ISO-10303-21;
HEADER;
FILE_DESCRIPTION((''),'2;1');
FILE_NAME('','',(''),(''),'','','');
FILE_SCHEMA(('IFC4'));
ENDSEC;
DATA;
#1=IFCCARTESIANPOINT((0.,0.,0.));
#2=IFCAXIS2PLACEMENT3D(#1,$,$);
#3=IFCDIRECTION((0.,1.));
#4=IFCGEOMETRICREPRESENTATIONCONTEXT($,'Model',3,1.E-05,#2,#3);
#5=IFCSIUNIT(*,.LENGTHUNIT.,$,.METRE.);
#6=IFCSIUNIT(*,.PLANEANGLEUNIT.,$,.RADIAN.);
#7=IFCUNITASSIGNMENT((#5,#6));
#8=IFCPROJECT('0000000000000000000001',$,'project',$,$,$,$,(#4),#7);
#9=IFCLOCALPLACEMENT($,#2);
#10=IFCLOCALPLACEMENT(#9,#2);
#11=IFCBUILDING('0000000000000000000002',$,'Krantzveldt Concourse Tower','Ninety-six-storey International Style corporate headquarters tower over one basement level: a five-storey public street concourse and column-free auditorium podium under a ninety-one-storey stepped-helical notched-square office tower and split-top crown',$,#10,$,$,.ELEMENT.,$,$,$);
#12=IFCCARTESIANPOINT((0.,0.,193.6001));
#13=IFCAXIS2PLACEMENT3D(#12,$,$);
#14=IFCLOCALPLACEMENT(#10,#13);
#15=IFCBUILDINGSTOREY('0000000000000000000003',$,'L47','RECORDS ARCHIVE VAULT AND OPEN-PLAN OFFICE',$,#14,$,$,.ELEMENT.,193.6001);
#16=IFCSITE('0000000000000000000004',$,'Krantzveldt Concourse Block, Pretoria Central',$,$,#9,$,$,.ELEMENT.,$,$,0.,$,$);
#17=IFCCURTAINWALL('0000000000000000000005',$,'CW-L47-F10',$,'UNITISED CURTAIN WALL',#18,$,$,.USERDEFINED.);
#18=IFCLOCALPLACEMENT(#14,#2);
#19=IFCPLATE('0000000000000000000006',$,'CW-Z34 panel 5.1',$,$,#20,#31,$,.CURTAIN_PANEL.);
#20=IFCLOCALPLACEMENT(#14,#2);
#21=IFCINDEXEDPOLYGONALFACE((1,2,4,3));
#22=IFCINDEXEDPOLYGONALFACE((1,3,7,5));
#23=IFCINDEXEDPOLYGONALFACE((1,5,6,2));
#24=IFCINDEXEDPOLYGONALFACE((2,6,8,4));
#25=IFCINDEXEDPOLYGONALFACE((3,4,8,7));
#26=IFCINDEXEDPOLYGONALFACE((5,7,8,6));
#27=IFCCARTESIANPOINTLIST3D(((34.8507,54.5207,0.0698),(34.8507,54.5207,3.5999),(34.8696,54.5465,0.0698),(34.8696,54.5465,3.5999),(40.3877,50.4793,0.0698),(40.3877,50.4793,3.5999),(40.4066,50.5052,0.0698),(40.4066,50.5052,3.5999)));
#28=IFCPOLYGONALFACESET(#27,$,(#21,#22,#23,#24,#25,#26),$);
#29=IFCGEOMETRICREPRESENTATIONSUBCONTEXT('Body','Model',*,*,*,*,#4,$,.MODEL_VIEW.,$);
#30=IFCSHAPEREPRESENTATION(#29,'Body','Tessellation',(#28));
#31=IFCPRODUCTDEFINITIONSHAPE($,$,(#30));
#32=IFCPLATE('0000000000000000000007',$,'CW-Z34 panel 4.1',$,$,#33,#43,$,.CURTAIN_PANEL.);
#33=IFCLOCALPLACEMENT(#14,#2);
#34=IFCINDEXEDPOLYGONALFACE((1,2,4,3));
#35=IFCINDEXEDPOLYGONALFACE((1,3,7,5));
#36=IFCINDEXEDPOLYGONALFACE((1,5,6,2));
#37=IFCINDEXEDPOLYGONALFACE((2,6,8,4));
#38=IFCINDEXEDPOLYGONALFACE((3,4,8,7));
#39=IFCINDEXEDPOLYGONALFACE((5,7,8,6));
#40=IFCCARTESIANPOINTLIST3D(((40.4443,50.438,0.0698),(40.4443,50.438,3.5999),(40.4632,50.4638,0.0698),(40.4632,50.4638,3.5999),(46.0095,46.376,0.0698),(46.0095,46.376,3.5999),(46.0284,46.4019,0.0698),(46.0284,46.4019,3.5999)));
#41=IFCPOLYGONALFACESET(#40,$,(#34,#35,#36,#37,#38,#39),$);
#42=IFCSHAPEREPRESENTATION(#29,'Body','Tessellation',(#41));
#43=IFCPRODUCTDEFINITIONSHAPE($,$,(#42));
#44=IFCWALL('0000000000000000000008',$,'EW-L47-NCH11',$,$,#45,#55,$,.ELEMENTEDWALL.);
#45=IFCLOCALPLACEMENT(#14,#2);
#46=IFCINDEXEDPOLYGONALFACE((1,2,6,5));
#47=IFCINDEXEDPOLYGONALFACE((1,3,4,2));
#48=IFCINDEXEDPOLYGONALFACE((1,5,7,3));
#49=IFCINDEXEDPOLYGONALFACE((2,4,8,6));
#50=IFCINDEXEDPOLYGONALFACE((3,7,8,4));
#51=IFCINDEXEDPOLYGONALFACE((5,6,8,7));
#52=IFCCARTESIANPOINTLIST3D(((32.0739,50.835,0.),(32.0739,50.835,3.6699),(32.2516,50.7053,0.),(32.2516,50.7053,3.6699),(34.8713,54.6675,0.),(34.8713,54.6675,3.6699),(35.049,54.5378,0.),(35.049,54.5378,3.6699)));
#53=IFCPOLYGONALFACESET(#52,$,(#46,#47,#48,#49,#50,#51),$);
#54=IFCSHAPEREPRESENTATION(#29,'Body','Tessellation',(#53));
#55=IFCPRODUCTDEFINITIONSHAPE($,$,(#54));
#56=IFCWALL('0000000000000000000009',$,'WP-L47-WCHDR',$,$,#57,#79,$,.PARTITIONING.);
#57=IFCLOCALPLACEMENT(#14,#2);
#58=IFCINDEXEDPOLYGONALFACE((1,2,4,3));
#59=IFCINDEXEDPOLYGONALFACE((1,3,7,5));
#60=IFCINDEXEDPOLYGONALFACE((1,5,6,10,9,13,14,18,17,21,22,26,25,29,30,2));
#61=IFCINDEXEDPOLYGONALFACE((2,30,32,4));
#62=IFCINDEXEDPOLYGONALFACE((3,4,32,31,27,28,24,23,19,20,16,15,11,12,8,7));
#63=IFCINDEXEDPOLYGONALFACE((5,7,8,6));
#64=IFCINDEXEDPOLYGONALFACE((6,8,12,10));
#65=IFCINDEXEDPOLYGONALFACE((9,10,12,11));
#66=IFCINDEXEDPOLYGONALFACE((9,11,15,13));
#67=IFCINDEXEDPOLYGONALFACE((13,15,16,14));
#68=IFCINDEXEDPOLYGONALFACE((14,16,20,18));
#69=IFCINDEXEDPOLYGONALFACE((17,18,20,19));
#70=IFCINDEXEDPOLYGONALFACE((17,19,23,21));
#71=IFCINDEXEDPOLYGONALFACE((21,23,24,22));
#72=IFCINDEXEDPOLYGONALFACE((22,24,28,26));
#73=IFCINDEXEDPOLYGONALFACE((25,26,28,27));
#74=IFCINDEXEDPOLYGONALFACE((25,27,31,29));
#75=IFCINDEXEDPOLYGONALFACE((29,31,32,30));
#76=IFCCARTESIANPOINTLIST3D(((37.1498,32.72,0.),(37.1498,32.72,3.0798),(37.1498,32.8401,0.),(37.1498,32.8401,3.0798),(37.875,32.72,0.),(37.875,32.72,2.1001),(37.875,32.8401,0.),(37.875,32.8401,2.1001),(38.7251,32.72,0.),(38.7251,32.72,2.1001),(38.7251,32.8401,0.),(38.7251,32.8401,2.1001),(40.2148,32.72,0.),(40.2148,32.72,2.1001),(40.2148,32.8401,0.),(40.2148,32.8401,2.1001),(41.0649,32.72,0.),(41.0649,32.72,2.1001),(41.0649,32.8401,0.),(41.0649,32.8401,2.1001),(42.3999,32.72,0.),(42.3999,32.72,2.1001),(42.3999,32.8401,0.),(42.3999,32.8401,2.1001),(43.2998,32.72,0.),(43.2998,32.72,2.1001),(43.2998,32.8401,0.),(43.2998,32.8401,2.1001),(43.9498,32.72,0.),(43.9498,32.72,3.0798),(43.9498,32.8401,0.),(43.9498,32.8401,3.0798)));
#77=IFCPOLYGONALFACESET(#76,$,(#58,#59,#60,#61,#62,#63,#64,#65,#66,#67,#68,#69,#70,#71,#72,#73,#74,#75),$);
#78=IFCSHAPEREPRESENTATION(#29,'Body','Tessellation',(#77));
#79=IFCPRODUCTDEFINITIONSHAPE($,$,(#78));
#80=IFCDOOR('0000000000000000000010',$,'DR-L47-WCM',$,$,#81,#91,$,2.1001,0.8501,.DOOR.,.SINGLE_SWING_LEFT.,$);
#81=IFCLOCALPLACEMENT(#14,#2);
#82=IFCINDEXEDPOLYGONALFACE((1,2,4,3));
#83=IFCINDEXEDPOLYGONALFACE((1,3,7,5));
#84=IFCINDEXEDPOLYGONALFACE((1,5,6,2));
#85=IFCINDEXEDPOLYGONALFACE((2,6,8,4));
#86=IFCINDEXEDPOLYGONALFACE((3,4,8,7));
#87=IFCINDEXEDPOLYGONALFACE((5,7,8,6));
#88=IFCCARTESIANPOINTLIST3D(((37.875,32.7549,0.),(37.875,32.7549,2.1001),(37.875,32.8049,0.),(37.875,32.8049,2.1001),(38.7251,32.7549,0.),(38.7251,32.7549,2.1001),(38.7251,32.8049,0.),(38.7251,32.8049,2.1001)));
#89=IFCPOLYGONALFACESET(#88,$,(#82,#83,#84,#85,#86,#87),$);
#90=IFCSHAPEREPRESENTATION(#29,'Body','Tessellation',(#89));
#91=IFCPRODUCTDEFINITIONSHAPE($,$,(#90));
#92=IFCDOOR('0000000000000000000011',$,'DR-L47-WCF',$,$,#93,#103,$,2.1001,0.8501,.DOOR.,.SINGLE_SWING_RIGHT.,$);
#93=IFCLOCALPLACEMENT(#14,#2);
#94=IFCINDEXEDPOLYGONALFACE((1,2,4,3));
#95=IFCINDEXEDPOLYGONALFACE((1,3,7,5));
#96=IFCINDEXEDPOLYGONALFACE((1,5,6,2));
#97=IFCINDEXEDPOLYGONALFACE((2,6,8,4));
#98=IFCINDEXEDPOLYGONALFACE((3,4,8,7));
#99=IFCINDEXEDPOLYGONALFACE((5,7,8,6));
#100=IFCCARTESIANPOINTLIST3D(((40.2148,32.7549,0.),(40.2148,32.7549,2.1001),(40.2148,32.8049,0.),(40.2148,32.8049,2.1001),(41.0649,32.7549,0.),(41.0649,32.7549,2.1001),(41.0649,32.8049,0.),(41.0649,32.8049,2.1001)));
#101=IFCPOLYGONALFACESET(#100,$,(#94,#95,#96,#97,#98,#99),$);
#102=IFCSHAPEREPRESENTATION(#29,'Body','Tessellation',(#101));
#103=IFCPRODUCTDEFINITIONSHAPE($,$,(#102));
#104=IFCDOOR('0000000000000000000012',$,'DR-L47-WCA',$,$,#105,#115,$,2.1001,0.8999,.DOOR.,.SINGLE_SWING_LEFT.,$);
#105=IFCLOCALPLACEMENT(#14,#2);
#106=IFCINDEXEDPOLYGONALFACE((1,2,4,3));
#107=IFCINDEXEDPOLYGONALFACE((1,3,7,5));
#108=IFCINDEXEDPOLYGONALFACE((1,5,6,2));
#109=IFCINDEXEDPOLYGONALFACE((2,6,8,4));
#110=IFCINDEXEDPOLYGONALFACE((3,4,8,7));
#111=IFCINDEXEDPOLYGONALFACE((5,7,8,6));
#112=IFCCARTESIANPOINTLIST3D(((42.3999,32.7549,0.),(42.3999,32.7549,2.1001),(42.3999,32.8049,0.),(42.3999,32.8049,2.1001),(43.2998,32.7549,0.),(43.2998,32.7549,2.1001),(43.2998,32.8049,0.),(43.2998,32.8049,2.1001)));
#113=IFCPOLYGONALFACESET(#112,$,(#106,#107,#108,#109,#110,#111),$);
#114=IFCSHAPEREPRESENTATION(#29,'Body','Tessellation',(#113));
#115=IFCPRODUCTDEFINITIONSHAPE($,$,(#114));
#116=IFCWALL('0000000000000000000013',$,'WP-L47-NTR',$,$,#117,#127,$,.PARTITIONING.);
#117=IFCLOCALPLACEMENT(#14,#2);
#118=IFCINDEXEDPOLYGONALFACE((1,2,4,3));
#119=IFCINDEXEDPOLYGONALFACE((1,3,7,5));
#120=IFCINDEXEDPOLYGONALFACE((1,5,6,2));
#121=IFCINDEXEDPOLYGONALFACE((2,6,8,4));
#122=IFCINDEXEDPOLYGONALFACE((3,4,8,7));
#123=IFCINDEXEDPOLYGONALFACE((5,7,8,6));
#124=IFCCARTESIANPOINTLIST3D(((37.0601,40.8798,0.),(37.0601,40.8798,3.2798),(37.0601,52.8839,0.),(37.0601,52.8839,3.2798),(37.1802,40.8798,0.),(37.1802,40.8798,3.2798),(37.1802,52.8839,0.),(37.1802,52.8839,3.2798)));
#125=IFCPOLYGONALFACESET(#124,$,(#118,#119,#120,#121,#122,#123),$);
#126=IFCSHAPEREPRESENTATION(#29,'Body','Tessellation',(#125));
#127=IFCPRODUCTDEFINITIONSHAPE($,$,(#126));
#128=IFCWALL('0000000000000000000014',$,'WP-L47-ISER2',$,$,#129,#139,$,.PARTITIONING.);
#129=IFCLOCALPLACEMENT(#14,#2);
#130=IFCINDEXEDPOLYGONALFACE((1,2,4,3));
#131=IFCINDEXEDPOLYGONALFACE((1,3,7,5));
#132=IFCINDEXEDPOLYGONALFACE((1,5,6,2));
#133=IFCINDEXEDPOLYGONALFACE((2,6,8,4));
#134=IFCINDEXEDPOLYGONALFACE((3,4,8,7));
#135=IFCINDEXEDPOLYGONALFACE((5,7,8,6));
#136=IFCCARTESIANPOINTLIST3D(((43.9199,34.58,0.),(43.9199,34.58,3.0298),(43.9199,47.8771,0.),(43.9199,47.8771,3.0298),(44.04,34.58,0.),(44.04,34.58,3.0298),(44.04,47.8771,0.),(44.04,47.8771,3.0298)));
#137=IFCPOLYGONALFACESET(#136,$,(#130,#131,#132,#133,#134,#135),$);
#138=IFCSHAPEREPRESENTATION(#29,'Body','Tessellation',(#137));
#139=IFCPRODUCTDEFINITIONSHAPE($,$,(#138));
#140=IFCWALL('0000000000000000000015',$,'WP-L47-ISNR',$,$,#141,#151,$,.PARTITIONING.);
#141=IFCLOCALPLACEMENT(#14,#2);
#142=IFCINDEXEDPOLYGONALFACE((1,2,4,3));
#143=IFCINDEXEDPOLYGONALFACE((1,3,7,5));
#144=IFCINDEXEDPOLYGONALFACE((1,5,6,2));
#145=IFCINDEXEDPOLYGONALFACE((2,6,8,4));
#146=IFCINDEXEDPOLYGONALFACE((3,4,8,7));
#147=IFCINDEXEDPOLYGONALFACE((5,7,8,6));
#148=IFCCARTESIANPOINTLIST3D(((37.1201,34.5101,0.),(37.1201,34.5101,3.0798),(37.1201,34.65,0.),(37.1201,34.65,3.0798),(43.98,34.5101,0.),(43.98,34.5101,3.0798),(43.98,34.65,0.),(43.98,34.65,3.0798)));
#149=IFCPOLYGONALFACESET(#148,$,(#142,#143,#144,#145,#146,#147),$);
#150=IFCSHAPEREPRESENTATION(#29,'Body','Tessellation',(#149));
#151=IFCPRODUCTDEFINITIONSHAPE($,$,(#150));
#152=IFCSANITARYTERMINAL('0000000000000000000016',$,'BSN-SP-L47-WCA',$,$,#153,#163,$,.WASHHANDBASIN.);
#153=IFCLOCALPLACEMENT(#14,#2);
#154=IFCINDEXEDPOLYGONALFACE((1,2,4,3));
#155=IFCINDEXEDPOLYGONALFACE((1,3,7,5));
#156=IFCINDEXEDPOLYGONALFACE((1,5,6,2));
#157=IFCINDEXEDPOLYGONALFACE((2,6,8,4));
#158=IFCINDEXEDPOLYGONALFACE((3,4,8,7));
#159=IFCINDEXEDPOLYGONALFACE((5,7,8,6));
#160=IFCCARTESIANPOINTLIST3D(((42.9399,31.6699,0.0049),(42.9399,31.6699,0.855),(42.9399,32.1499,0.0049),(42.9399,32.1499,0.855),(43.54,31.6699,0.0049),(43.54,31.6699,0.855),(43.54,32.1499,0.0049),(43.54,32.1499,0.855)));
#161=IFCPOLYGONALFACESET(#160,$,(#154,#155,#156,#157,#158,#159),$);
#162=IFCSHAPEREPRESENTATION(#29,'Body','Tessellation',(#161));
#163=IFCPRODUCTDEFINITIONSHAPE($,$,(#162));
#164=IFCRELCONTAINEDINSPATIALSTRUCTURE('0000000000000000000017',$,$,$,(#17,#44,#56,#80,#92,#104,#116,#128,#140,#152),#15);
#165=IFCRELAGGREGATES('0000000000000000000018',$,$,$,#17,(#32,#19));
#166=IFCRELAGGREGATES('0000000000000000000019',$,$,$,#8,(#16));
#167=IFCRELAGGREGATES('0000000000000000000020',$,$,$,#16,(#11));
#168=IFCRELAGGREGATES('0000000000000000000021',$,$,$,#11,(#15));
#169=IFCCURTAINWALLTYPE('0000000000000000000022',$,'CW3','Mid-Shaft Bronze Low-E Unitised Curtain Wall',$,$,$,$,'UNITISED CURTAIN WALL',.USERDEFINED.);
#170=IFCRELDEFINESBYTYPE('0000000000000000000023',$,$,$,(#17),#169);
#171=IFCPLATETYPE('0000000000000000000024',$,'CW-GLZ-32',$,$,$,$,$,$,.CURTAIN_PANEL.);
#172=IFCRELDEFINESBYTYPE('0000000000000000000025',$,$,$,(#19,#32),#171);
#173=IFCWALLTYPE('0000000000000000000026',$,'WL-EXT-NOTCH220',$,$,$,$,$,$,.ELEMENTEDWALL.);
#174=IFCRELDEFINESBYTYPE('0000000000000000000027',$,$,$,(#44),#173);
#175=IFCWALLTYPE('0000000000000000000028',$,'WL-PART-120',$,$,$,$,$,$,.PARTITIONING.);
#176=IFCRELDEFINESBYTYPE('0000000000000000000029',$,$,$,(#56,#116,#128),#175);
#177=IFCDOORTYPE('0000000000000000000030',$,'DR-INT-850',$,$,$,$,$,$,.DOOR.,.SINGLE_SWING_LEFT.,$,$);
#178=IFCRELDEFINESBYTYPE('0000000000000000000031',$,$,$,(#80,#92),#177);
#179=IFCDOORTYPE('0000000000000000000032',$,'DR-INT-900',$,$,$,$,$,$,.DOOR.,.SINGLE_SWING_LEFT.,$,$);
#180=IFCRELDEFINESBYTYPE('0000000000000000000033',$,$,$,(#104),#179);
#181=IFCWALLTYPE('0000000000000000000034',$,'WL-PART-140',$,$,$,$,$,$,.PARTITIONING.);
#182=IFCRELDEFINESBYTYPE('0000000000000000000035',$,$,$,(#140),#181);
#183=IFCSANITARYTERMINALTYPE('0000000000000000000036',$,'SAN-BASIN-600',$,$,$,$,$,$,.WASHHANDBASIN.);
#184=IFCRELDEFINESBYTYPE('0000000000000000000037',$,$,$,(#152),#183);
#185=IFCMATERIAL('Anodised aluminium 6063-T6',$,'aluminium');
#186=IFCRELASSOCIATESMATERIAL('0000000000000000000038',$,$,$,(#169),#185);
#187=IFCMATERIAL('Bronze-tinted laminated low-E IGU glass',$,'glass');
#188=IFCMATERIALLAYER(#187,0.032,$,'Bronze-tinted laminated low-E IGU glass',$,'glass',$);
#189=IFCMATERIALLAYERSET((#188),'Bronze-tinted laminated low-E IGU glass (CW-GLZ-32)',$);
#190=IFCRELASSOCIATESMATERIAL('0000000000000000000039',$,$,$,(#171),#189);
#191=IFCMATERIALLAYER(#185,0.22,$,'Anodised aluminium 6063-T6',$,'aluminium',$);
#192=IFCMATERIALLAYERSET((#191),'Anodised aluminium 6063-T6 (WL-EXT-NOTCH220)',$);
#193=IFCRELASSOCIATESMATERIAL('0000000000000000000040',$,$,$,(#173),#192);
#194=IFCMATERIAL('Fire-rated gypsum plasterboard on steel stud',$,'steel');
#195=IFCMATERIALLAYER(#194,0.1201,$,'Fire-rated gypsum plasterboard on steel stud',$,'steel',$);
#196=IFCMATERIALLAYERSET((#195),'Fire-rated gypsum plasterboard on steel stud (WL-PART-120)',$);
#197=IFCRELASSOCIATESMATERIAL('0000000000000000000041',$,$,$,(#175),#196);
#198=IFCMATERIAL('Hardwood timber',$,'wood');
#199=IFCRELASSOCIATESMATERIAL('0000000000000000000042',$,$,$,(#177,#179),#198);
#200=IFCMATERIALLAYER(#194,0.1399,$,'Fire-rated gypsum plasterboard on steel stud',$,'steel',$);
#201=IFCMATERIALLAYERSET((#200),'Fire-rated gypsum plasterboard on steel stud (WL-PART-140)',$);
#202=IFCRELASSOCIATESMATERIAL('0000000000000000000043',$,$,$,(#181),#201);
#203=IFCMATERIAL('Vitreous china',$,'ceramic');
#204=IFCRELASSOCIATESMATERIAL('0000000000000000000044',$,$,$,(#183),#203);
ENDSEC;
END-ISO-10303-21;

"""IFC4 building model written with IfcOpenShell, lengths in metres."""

from ifc_helpers import new_model, si_unit, direction, frame, frame_2d, origin, origin_2d, place, context, subcontext, project, spatial, rectangle, extrude, source, transform, mapped, material, layer, layer_set, type_object, type_shapes, element, fill, aggregate, save


model = new_model("IFC4")

# Units and contexts
model_context = context("Model", 3, precision=1e-05, world=origin(), true_north=direction((0.0, 1.0)))
body_context = subcontext(model_context, "Body", "Model", "MODEL_VIEW")
ifc_project = project(units=[si_unit("LENGTHUNIT", "METRE"), si_unit("PLANEANGLEUNIT", "RADIAN")], contexts=[model_context])

# Site, building, storey
site_placement = place(None, origin())
site = spatial("IfcSite", under=ifc_project, at=site_placement, Name="Krantzveldt Concourse Block, Pretoria Central", CompositionType="ELEMENT", RefElevation=0.0)
building_placement = place(site_placement, origin())
building = spatial("IfcBuilding", under=site, at=building_placement, Name="Krantzveldt Concourse Tower", Description="Ninety-six-storey International Style corporate headquarters tower over one basement level: a five-storey public street concourse and column-free auditorium podium under a ninety-one-storey stepped-helical notched-square office tower and split-top crown", CompositionType="ELEMENT")
storey_placement = place(building_placement, frame((0.0, 0.0, 193.6001)))
storey = spatial("IfcBuildingStorey", under=building, at=storey_placement, Name="L47", Description="RECORDS ARCHIVE VAULT AND OPEN-PLAN OFFICE", CompositionType="ELEMENT", Elevation=193.6001)

# Curtain wall, plates
ifc_material_1 = material(Name="Anodised aluminium 6063-T6", Category="aluminium")
curtain_wall_type = type_object("IfcCurtainWallType", Name="CW3", Description="Mid-Shaft Bronze Low-E Unitised Curtain Wall", ElementType="UNITISED CURTAIN WALL", PredefinedType="USERDEFINED", material=ifc_material_1)
curtain_wall_placement = place(storey_placement, origin())
curtain_wall = element("IfcCurtainWall", 1, at=curtain_wall_placement, inside=storey, type_object=curtain_wall_type, Name="CW-L47-F10", ObjectType="UNITISED CURTAIN WALL", PredefinedType="USERDEFINED")
ifc_material_2 = material(Name="Bronze-tinted laminated low-E IGU glass", Category="glass")
ifc_layer_1 = layer(ifc_material_2, 0.032, Name="Bronze-tinted laminated low-E IGU glass", Category="glass")
ifc_layer_set_1 = layer_set([ifc_layer_1], Name="Bronze-tinted laminated low-E IGU glass (CW-GLZ-32)")
plate_type = type_object("IfcPlateType", Name="CW-GLZ-32", PredefinedType="CURTAIN_PANEL", material=ifc_layer_set_1)
shared_shape_1 = source(origin(), body_context, "Body", "SweptSolid", [
    extrude(rectangle(XDim=6.855, YDim=0.032, at=origin_2d()), origin(), (0.0, 0.0, 1.0), 3.53),
])
plate_1_placement = place(storey_placement, frame((37.6287, 52.5129, 0.0698), z_axis=(0.0, 0.0, 1.0), x_axis=(-0.807733, 0.589549, 0.0)))
plate_1 = element("IfcPlate", 2, at=plate_1_placement, type_object=plate_type, Name="CW-Z34 panel 5.1", PredefinedType="CURTAIN_PANEL", context=body_context, shape_type="MappedRepresentation", body=[
    mapped(shared_shape_1, transform((0.0, 0.0, 0.0), x_axis=(1.0, 0.0, 0.0), y_axis=(0.0, 1.0, 0.0), z_axis=(0.0, 0.0, 1.0), scale=1.0)),
])
shared_shape_2 = source(origin(), body_context, "Body", "SweptSolid", [
    extrude(rectangle(XDim=6.8899, YDim=0.032, at=origin_2d()), origin(), (0.0, 0.0, 1.0), 3.53),
])
type_shapes(plate_type, [shared_shape_1, shared_shape_2])
plate_2_placement = place(storey_placement, frame((43.2363, 48.4199, 0.0698), z_axis=(0.0, 0.0, 1.0), x_axis=(-0.807733, 0.589549, 0.0)))
plate_2 = element("IfcPlate", 3, at=plate_2_placement, type_object=plate_type, Name="CW-Z34 panel 4.1", PredefinedType="CURTAIN_PANEL", context=body_context, shape_type="MappedRepresentation", body=[
    mapped(shared_shape_2, transform((0.0, 0.0, 0.0), x_axis=(1.0, 0.0, 0.0), y_axis=(0.0, 1.0, 0.0), z_axis=(0.0, 0.0, 1.0), scale=1.0)),
])
aggregate(curtain_wall, [plate_2, plate_1])

# Wall
ifc_layer_2 = layer(ifc_material_1, 0.22, Name="Anodised aluminium 6063-T6", Category="aluminium")
ifc_layer_set_2 = layer_set([ifc_layer_2], Name="Anodised aluminium 6063-T6 (WL-EXT-NOTCH220)")
wall_type_1 = type_object("IfcWallType", Name="WL-EXT-NOTCH220", PredefinedType="ELEMENTEDWALL", material=ifc_layer_set_2)
wall_1_placement = place(storey_placement, frame((34.9602, 54.6028, 0.0), z_axis=(0.0, 0.0, 1.0), x_axis=(-0.58956, -0.807725, 0.0)))
element("IfcWall", 4, at=wall_1_placement, inside=storey, type_object=wall_type_1, Name="EW-L47-NCH11", PredefinedType="ELEMENTEDWALL", context=body_context, shape_type="SweptSolid", body=[
    extrude(rectangle(XDim=4.7449, YDim=0.22, at=frame_2d((2.3726, 0.0))), origin(), (0.0, 0.0, 1.0), 3.6699),
])

# Wall, openings, doors
ifc_material_3 = material(Name="Fire-rated gypsum plasterboard on steel stud", Category="steel")
ifc_layer_3 = layer(ifc_material_3, 0.1201, Name="Fire-rated gypsum plasterboard on steel stud", Category="steel")
ifc_layer_set_3 = layer_set([ifc_layer_3], Name="Fire-rated gypsum plasterboard on steel stud (WL-PART-120)")
wall_type_2 = type_object("IfcWallType", Name="WL-PART-120", PredefinedType="PARTITIONING", material=ifc_layer_set_3)
wall_2_placement = place(storey_placement, frame((37.1499, 32.78, 0.0), z_axis=(0.0, 0.0, 1.0), x_axis=(1.0, 0.0, 0.0)))
wall_2 = element("IfcWall", 5, at=wall_2_placement, inside=storey, type_object=wall_type_2, Name="WP-L47-WCHDR", PredefinedType="PARTITIONING", context=body_context, shape_type="SweptSolid", body=[
    extrude(rectangle(XDim=6.8, YDim=0.1201, at=frame_2d((3.3999, 0.0))), origin(), (0.0, 0.0, 1.0), 3.0798),
])
opening_1_placement = place(wall_2_placement, frame((0.7251, 0.0, 0.0)))
opening_1 = element("IfcOpeningElement", 6, at=opening_1_placement, cuts=wall_2, PredefinedType="OPENING", context=body_context, shape_type="SweptSolid", body=[
    extrude(rectangle(XDim=0.8501, YDim=2.1001, at=frame_2d((0.425, 1.05))), frame((0.0, 0.0701, 0.0), z_axis=(0.0, -1.0, 0.0), x_axis=(1.0, 0.0, 0.0)), (0.0, 0.0, 1.0), 0.1401),
])
opening_2_placement = place(wall_2_placement, frame((3.0649, 0.0, 0.0)))
opening_2 = element("IfcOpeningElement", 7, at=opening_2_placement, cuts=wall_2, PredefinedType="OPENING", context=body_context, shape_type="SweptSolid", body=[
    extrude(rectangle(XDim=0.8501, YDim=2.1001, at=frame_2d((0.425, 1.05))), frame((0.0, 0.0701, 0.0), z_axis=(0.0, -1.0, 0.0), x_axis=(1.0, 0.0, 0.0)), (0.0, 0.0, 1.0), 0.1401),
])
opening_3_placement = place(wall_2_placement, frame((5.25, 0.0, 0.0)))
opening_3 = element("IfcOpeningElement", 8, at=opening_3_placement, cuts=wall_2, PredefinedType="OPENING", context=body_context, shape_type="SweptSolid", body=[
    extrude(rectangle(XDim=0.8999, YDim=2.1001, at=frame_2d((0.45, 1.05))), frame((0.0, 0.0701, 0.0), z_axis=(0.0, -1.0, 0.0), x_axis=(1.0, 0.0, 0.0)), (0.0, 0.0, 1.0), 0.1401),
])
ifc_material_4 = material(Name="Hardwood timber", Category="wood")
door_type_1 = type_object("IfcDoorType", Name="DR-INT-850", OperationType="SINGLE_SWING_LEFT", PredefinedType="DOOR", material=ifc_material_4)
door_1_placement = place(opening_1_placement, origin())
door_1 = element("IfcDoor", 9, at=door_1_placement, inside=storey, type_object=door_type_1, Name="DR-L47-WCM", OperationType="SINGLE_SWING_LEFT", OverallHeight=2.1001, OverallWidth=0.8501, PredefinedType="DOOR", context=body_context, shape_type="SweptSolid", body=[
    extrude(rectangle(XDim=0.8501, YDim=2.1001, at=frame_2d((0.425, 1.05))), frame((0.0, 0.0249, 0.0), z_axis=(0.0, -1.0, 0.0), x_axis=(1.0, 0.0, 0.0)), (0.0, 0.0, 1.0), 0.05),
])
fill(opening_1, door_1)
door_2_placement = place(opening_2_placement, origin())
door_2 = element("IfcDoor", 10, at=door_2_placement, inside=storey, type_object=door_type_1, Name="DR-L47-WCF", OperationType="SINGLE_SWING_RIGHT", OverallHeight=2.1001, OverallWidth=0.8501, PredefinedType="DOOR", context=body_context, shape_type="SweptSolid", body=[
    extrude(rectangle(XDim=0.8501, YDim=2.1001, at=frame_2d((0.425, 1.05))), frame((0.0, 0.0249, 0.0), z_axis=(0.0, -1.0, 0.0), x_axis=(1.0, 0.0, 0.0)), (0.0, 0.0, 1.0), 0.05),
])
fill(opening_2, door_2)
door_type_2 = type_object("IfcDoorType", Name="DR-INT-900", OperationType="SINGLE_SWING_LEFT", PredefinedType="DOOR", material=ifc_material_4)
door_3_placement = place(opening_3_placement, origin())
door_3 = element("IfcDoor", 11, at=door_3_placement, inside=storey, type_object=door_type_2, Name="DR-L47-WCA", OperationType="SINGLE_SWING_LEFT", OverallHeight=2.1001, OverallWidth=0.8999, PredefinedType="DOOR", context=body_context, shape_type="SweptSolid", body=[
    extrude(rectangle(XDim=0.8999, YDim=2.1001, at=frame_2d((0.45, 1.05))), frame((0.0, 0.0249, 0.0), z_axis=(0.0, -1.0, 0.0), x_axis=(1.0, 0.0, 0.0)), (0.0, 0.0, 1.0), 0.05),
])
fill(opening_3, door_3)

# Walls
wall_3_placement = place(storey_placement, frame((37.1201, 40.8799, 0.0), z_axis=(0.0, 0.0, 1.0), x_axis=(0.0, 1.0, 0.0)))
element("IfcWall", 12, at=wall_3_placement, inside=storey, type_object=wall_type_2, Name="WP-L47-NTR", PredefinedType="PARTITIONING", context=body_context, shape_type="SweptSolid", body=[
    extrude(rectangle(XDim=12.0042, YDim=0.1201, at=frame_2d((6.002, 0.0))), origin(), (0.0, 0.0, 1.0), 3.2798),
])
wall_4_placement = place(storey_placement, frame((43.98, 34.5801, 0.0), z_axis=(0.0, 0.0, 1.0), x_axis=(0.0, 1.0, 0.0)))
element("IfcWall", 13, at=wall_4_placement, inside=storey, type_object=wall_type_2, Name="WP-L47-ISER2", PredefinedType="PARTITIONING", context=body_context, shape_type="SweptSolid", body=[
    extrude(rectangle(XDim=13.2971, YDim=0.1201, at=frame_2d((6.6484, 0.0))), origin(), (0.0, 0.0, 1.0), 3.0298),
])
ifc_layer_4 = layer(ifc_material_3, 0.1399, Name="Fire-rated gypsum plasterboard on steel stud", Category="steel")
ifc_layer_set_4 = layer_set([ifc_layer_4], Name="Fire-rated gypsum plasterboard on steel stud (WL-PART-140)")
wall_type_3 = type_object("IfcWallType", Name="WL-PART-140", PredefinedType="PARTITIONING", material=ifc_layer_set_4)
wall_5_placement = place(storey_placement, frame((37.1201, 34.5801, 0.0), z_axis=(0.0, 0.0, 1.0), x_axis=(1.0, 0.0, 0.0)))
element("IfcWall", 14, at=wall_5_placement, inside=storey, type_object=wall_type_3, Name="WP-L47-ISNR", PredefinedType="PARTITIONING", context=body_context, shape_type="SweptSolid", body=[
    extrude(rectangle(XDim=6.8599, YDim=0.1399, at=frame_2d((3.4299, 0.0))), origin(), (0.0, 0.0, 1.0), 3.0798),
])

# Sanitary terminal
ifc_material_5 = material(Name="Vitreous china", Category="ceramic")
sanitary_terminal_type = type_object("IfcSanitaryTerminalType", Name="SAN-BASIN-600", PredefinedType="WASHHANDBASIN", material=ifc_material_5)
shared_shape_3 = source(origin(), body_context, "Body", "SweptSolid", [
    extrude(rectangle(XDim=0.6001, YDim=0.48, at=origin_2d()), origin(), (0.0, 0.0, 1.0), 0.8501),
])
type_shapes(sanitary_terminal_type, [shared_shape_3])
sanitary_terminal_placement = place(storey_placement, frame((43.24, 31.9099, 0.0049), z_axis=(0.0, 0.0, 1.0), x_axis=(1.0, 0.0, 0.0)))
element("IfcSanitaryTerminal", 15, at=sanitary_terminal_placement, inside=storey, type_object=sanitary_terminal_type, Name="BSN-SP-L47-WCA", PredefinedType="WASHHANDBASIN", context=body_context, shape_type="MappedRepresentation", body=[
    mapped(shared_shape_3, transform((0.0, 0.0, 0.0), x_axis=(1.0, 0.0, 0.0), y_axis=(0.0, 1.0, 0.0), z_axis=(0.0, 0.0, 1.0), scale=1.0)),
])

save(model, "model.ifc")
